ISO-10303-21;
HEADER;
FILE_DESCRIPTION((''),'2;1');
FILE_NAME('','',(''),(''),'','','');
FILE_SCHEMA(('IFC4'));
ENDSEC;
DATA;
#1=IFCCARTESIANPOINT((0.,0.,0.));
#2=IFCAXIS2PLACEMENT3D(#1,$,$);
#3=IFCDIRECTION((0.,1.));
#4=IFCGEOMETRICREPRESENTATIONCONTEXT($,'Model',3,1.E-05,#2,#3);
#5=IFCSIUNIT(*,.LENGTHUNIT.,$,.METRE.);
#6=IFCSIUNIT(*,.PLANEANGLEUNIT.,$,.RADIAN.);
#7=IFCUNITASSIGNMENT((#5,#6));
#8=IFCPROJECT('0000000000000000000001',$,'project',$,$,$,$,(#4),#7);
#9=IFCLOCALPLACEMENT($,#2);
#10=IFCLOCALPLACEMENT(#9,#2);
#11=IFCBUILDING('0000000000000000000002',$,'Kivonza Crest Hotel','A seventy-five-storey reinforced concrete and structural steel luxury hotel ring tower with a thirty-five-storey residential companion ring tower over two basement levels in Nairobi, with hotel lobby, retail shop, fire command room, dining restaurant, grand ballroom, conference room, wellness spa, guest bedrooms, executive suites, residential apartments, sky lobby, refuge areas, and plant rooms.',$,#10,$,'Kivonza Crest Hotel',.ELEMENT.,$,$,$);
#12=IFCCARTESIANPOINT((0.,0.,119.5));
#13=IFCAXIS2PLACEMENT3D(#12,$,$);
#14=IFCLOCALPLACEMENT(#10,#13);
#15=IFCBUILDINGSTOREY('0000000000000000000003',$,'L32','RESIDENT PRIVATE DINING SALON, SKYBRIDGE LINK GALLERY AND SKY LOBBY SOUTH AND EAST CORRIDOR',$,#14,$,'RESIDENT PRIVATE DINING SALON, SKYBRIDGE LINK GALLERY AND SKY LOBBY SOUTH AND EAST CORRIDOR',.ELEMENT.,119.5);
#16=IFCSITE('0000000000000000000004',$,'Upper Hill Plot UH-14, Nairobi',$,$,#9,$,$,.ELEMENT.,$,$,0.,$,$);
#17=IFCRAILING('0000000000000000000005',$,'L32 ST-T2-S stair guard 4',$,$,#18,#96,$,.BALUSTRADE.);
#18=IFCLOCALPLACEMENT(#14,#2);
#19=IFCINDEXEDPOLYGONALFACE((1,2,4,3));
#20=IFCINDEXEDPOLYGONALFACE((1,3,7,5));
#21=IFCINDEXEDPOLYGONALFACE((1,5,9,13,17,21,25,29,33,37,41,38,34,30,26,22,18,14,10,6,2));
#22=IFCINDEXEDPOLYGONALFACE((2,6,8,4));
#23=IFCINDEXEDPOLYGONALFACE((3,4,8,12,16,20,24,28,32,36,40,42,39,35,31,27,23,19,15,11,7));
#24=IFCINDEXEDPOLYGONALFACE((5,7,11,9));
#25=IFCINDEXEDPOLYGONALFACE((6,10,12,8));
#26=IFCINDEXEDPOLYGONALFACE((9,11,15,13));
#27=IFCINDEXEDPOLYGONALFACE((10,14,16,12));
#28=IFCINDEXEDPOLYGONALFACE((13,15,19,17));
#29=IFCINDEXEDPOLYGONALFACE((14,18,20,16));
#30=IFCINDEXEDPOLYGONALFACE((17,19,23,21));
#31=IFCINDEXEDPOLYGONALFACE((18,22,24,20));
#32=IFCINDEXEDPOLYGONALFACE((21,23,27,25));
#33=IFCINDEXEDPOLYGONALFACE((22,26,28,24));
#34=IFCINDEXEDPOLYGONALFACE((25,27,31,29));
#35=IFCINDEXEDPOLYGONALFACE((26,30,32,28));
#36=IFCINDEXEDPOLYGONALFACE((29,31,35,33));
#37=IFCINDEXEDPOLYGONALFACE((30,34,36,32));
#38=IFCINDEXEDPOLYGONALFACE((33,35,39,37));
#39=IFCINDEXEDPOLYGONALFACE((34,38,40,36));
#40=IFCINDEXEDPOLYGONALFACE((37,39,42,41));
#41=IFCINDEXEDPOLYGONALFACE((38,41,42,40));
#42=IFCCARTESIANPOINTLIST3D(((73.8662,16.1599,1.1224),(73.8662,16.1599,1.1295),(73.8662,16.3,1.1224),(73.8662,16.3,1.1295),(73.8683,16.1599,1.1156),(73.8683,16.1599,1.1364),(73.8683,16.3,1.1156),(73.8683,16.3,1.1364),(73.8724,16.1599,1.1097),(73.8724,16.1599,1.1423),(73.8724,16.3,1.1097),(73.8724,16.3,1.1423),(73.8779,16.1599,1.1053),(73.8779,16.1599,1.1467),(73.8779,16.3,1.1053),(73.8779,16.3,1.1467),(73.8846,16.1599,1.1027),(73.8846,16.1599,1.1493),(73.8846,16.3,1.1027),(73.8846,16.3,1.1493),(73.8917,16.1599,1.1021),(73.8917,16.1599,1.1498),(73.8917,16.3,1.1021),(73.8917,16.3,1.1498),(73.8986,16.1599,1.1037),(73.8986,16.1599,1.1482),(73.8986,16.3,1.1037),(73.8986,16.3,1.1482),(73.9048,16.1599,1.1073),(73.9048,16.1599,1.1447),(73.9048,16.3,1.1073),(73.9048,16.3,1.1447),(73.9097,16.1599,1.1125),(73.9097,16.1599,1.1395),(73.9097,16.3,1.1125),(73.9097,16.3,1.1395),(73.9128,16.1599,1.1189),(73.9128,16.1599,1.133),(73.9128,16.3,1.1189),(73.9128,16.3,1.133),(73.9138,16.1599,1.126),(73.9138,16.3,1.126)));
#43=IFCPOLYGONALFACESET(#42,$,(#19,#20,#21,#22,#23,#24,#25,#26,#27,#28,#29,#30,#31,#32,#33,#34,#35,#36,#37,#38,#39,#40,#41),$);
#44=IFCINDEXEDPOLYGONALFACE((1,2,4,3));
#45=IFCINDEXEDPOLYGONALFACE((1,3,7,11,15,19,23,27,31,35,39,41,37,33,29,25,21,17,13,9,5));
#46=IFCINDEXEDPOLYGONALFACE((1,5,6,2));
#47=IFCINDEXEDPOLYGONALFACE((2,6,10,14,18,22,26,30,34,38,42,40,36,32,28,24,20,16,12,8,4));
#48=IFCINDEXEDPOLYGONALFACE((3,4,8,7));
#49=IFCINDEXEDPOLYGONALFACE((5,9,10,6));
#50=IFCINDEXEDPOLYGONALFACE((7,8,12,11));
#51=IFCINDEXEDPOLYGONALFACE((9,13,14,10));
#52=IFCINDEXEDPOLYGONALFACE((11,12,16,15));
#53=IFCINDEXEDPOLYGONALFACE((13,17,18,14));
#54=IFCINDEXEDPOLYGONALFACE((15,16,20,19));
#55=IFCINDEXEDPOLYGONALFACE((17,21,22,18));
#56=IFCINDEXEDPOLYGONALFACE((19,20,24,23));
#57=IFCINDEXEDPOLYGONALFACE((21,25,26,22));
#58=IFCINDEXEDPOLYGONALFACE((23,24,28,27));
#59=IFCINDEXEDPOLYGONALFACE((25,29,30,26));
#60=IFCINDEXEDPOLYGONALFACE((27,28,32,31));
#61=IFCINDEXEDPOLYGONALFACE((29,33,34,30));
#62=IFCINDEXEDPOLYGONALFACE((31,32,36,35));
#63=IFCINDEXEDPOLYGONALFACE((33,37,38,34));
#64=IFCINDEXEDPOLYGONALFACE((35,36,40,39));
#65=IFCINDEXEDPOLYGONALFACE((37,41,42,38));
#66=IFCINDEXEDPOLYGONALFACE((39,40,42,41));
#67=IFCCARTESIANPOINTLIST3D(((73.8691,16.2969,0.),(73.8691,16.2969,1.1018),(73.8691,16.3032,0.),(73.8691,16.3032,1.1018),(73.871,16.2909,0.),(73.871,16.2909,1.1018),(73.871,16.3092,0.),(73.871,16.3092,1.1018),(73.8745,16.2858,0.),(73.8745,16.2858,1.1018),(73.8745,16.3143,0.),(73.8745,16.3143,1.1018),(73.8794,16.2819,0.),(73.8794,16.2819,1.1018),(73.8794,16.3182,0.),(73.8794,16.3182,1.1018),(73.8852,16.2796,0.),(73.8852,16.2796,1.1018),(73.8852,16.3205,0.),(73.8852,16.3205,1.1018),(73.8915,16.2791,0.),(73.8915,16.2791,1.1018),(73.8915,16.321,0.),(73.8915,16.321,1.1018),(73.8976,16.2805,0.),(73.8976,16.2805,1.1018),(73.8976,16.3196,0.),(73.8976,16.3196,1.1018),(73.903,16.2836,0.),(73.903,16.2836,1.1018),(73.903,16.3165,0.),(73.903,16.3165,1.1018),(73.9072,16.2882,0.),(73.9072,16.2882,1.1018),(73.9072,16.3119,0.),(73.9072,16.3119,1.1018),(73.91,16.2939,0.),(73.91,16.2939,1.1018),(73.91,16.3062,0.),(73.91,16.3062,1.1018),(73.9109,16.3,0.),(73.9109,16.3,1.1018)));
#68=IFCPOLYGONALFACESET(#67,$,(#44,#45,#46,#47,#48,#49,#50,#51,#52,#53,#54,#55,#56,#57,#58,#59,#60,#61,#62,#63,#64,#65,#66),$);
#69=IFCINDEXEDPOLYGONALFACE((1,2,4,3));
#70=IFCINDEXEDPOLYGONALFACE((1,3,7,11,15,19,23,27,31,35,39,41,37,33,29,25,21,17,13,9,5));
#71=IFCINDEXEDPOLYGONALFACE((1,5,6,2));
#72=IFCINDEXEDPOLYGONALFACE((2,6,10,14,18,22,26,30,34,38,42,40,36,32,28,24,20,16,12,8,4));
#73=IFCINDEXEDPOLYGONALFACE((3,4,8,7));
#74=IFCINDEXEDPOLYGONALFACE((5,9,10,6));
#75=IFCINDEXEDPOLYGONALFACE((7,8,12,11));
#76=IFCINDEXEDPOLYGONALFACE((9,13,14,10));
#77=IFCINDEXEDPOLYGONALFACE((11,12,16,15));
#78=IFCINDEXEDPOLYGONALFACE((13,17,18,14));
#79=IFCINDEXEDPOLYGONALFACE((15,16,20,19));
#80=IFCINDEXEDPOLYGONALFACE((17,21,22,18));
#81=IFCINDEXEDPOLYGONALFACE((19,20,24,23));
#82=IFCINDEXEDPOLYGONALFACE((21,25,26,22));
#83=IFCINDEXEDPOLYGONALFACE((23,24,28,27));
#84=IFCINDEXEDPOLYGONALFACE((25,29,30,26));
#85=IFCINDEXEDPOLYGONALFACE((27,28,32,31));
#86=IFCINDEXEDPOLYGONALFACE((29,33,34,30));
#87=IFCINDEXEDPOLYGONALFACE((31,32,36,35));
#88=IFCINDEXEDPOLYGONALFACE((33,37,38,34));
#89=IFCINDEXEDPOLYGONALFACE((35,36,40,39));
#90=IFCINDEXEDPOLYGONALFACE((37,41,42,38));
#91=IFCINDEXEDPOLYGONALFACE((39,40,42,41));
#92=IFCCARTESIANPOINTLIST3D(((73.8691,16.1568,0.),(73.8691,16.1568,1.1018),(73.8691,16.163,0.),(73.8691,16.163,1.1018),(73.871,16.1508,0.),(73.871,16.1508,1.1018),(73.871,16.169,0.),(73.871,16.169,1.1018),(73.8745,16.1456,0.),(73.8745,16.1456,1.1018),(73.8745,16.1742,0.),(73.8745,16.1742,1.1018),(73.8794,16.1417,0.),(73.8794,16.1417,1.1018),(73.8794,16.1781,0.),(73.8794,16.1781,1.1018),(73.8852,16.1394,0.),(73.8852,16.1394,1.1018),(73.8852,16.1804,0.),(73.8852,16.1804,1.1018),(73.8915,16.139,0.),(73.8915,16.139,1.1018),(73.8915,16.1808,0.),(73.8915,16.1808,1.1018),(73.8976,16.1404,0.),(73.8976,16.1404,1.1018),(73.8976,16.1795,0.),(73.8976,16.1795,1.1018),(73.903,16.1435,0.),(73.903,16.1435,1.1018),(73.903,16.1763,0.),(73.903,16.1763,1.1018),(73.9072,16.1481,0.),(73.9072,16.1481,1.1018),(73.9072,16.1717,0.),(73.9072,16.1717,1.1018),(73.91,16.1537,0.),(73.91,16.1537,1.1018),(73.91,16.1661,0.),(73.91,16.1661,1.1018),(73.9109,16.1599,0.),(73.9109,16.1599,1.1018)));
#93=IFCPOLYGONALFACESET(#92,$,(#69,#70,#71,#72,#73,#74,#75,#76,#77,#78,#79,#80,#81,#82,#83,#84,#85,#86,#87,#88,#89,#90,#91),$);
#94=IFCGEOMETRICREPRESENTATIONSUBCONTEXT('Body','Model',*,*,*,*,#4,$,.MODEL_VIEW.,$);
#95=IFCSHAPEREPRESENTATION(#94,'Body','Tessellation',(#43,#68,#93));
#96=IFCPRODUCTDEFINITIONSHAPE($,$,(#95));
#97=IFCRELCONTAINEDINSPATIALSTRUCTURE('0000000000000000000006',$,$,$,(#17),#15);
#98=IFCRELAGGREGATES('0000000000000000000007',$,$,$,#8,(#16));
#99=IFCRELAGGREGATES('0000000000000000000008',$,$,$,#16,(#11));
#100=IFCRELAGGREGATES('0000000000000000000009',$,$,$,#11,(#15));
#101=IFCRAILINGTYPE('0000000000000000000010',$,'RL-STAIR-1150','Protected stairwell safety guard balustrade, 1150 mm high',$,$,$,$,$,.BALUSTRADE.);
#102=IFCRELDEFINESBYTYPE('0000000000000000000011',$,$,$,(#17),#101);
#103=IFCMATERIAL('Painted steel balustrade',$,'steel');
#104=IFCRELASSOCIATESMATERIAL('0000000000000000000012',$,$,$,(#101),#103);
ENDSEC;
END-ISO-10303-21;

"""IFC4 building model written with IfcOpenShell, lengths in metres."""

from ifc_helpers import new_model, si_unit, direction, frame, origin, origin_2d, place, context, subcontext, project, spatial, circle, extrude, material, type_object, element, save


model = new_model("IFC4")

# Units and contexts
model_context = context("Model", 3, precision=1e-05, world=origin(), true_north=direction((0.0, 1.0)))
body_context = subcontext(model_context, "Body", "Model", "MODEL_VIEW")
ifc_project = project(units=[si_unit("LENGTHUNIT", "METRE"), si_unit("PLANEANGLEUNIT", "RADIAN")], contexts=[model_context])

# Site, building, storey
site_placement = place(None, origin())
site = spatial("IfcSite", under=ifc_project, at=site_placement, Name="Upper Hill Plot UH-14, Nairobi", CompositionType="ELEMENT", RefElevation=0.0)
building_placement = place(site_placement, origin())
building = spatial("IfcBuilding", under=site, at=building_placement, Name="Kivonza Crest Hotel", Description="A seventy-five-storey reinforced concrete and structural steel luxury hotel ring tower with a thirty-five-storey residential companion ring tower over two basement levels in Nairobi, with hotel lobby, retail shop, fire command room, dining restaurant, grand ballroom, conference room, wellness spa, guest bedrooms, executive suites, residential apartments, sky lobby, refuge areas, and plant rooms.", LongName="Kivonza Crest Hotel", CompositionType="ELEMENT")
storey_placement = place(building_placement, frame((0.0, 0.0, 119.5)))
storey = spatial("IfcBuildingStorey", under=building, at=storey_placement, Name="L32", Description="RESIDENT PRIVATE DINING SALON, SKYBRIDGE LINK GALLERY AND SKY LOBBY SOUTH AND EAST CORRIDOR", LongName="RESIDENT PRIVATE DINING SALON, SKYBRIDGE LINK GALLERY AND SKY LOBBY SOUTH AND EAST CORRIDOR", CompositionType="ELEMENT", Elevation=119.5)

# Railing
ifc_material_1 = material(Name="Painted steel balustrade", Category="steel")
railing_type_1 = type_object("IfcRailingType", Name="RL-STAIR-1150", Description="Protected stairwell safety guard balustrade, 1150 mm high", PredefinedType="BALUSTRADE", material=ifc_material_1)
railing_1_placement = place(storey_placement, frame((73.8899, 16.3, 0.0)))
element("IfcRailing", 1, at=railing_1_placement, inside=storey, type_object=railing_type_1, Name="L32 ST-T2-S stair guard 4", PredefinedType="BALUSTRADE", context=body_context, shape_type="SweptSolid", body=[
    extrude(circle(Radius=0.0239, at=origin_2d()), frame((0.0, 0.0, 1.126), z_axis=(0.0, -1.0, 0.0), x_axis=(1.0, 0.0, 0.0)), (0.0, 0.0, 1.0), 0.1401),
    extrude(circle(Radius=0.021, at=origin_2d()), origin(), (0.0, 0.0, 1.0), 1.1018),
    extrude(circle(Radius=0.021, at=origin_2d()), frame((0.0, -0.1401, 0.0)), (0.0, 0.0, 1.0), 1.1018),
])

save(model, "model.ifc")
